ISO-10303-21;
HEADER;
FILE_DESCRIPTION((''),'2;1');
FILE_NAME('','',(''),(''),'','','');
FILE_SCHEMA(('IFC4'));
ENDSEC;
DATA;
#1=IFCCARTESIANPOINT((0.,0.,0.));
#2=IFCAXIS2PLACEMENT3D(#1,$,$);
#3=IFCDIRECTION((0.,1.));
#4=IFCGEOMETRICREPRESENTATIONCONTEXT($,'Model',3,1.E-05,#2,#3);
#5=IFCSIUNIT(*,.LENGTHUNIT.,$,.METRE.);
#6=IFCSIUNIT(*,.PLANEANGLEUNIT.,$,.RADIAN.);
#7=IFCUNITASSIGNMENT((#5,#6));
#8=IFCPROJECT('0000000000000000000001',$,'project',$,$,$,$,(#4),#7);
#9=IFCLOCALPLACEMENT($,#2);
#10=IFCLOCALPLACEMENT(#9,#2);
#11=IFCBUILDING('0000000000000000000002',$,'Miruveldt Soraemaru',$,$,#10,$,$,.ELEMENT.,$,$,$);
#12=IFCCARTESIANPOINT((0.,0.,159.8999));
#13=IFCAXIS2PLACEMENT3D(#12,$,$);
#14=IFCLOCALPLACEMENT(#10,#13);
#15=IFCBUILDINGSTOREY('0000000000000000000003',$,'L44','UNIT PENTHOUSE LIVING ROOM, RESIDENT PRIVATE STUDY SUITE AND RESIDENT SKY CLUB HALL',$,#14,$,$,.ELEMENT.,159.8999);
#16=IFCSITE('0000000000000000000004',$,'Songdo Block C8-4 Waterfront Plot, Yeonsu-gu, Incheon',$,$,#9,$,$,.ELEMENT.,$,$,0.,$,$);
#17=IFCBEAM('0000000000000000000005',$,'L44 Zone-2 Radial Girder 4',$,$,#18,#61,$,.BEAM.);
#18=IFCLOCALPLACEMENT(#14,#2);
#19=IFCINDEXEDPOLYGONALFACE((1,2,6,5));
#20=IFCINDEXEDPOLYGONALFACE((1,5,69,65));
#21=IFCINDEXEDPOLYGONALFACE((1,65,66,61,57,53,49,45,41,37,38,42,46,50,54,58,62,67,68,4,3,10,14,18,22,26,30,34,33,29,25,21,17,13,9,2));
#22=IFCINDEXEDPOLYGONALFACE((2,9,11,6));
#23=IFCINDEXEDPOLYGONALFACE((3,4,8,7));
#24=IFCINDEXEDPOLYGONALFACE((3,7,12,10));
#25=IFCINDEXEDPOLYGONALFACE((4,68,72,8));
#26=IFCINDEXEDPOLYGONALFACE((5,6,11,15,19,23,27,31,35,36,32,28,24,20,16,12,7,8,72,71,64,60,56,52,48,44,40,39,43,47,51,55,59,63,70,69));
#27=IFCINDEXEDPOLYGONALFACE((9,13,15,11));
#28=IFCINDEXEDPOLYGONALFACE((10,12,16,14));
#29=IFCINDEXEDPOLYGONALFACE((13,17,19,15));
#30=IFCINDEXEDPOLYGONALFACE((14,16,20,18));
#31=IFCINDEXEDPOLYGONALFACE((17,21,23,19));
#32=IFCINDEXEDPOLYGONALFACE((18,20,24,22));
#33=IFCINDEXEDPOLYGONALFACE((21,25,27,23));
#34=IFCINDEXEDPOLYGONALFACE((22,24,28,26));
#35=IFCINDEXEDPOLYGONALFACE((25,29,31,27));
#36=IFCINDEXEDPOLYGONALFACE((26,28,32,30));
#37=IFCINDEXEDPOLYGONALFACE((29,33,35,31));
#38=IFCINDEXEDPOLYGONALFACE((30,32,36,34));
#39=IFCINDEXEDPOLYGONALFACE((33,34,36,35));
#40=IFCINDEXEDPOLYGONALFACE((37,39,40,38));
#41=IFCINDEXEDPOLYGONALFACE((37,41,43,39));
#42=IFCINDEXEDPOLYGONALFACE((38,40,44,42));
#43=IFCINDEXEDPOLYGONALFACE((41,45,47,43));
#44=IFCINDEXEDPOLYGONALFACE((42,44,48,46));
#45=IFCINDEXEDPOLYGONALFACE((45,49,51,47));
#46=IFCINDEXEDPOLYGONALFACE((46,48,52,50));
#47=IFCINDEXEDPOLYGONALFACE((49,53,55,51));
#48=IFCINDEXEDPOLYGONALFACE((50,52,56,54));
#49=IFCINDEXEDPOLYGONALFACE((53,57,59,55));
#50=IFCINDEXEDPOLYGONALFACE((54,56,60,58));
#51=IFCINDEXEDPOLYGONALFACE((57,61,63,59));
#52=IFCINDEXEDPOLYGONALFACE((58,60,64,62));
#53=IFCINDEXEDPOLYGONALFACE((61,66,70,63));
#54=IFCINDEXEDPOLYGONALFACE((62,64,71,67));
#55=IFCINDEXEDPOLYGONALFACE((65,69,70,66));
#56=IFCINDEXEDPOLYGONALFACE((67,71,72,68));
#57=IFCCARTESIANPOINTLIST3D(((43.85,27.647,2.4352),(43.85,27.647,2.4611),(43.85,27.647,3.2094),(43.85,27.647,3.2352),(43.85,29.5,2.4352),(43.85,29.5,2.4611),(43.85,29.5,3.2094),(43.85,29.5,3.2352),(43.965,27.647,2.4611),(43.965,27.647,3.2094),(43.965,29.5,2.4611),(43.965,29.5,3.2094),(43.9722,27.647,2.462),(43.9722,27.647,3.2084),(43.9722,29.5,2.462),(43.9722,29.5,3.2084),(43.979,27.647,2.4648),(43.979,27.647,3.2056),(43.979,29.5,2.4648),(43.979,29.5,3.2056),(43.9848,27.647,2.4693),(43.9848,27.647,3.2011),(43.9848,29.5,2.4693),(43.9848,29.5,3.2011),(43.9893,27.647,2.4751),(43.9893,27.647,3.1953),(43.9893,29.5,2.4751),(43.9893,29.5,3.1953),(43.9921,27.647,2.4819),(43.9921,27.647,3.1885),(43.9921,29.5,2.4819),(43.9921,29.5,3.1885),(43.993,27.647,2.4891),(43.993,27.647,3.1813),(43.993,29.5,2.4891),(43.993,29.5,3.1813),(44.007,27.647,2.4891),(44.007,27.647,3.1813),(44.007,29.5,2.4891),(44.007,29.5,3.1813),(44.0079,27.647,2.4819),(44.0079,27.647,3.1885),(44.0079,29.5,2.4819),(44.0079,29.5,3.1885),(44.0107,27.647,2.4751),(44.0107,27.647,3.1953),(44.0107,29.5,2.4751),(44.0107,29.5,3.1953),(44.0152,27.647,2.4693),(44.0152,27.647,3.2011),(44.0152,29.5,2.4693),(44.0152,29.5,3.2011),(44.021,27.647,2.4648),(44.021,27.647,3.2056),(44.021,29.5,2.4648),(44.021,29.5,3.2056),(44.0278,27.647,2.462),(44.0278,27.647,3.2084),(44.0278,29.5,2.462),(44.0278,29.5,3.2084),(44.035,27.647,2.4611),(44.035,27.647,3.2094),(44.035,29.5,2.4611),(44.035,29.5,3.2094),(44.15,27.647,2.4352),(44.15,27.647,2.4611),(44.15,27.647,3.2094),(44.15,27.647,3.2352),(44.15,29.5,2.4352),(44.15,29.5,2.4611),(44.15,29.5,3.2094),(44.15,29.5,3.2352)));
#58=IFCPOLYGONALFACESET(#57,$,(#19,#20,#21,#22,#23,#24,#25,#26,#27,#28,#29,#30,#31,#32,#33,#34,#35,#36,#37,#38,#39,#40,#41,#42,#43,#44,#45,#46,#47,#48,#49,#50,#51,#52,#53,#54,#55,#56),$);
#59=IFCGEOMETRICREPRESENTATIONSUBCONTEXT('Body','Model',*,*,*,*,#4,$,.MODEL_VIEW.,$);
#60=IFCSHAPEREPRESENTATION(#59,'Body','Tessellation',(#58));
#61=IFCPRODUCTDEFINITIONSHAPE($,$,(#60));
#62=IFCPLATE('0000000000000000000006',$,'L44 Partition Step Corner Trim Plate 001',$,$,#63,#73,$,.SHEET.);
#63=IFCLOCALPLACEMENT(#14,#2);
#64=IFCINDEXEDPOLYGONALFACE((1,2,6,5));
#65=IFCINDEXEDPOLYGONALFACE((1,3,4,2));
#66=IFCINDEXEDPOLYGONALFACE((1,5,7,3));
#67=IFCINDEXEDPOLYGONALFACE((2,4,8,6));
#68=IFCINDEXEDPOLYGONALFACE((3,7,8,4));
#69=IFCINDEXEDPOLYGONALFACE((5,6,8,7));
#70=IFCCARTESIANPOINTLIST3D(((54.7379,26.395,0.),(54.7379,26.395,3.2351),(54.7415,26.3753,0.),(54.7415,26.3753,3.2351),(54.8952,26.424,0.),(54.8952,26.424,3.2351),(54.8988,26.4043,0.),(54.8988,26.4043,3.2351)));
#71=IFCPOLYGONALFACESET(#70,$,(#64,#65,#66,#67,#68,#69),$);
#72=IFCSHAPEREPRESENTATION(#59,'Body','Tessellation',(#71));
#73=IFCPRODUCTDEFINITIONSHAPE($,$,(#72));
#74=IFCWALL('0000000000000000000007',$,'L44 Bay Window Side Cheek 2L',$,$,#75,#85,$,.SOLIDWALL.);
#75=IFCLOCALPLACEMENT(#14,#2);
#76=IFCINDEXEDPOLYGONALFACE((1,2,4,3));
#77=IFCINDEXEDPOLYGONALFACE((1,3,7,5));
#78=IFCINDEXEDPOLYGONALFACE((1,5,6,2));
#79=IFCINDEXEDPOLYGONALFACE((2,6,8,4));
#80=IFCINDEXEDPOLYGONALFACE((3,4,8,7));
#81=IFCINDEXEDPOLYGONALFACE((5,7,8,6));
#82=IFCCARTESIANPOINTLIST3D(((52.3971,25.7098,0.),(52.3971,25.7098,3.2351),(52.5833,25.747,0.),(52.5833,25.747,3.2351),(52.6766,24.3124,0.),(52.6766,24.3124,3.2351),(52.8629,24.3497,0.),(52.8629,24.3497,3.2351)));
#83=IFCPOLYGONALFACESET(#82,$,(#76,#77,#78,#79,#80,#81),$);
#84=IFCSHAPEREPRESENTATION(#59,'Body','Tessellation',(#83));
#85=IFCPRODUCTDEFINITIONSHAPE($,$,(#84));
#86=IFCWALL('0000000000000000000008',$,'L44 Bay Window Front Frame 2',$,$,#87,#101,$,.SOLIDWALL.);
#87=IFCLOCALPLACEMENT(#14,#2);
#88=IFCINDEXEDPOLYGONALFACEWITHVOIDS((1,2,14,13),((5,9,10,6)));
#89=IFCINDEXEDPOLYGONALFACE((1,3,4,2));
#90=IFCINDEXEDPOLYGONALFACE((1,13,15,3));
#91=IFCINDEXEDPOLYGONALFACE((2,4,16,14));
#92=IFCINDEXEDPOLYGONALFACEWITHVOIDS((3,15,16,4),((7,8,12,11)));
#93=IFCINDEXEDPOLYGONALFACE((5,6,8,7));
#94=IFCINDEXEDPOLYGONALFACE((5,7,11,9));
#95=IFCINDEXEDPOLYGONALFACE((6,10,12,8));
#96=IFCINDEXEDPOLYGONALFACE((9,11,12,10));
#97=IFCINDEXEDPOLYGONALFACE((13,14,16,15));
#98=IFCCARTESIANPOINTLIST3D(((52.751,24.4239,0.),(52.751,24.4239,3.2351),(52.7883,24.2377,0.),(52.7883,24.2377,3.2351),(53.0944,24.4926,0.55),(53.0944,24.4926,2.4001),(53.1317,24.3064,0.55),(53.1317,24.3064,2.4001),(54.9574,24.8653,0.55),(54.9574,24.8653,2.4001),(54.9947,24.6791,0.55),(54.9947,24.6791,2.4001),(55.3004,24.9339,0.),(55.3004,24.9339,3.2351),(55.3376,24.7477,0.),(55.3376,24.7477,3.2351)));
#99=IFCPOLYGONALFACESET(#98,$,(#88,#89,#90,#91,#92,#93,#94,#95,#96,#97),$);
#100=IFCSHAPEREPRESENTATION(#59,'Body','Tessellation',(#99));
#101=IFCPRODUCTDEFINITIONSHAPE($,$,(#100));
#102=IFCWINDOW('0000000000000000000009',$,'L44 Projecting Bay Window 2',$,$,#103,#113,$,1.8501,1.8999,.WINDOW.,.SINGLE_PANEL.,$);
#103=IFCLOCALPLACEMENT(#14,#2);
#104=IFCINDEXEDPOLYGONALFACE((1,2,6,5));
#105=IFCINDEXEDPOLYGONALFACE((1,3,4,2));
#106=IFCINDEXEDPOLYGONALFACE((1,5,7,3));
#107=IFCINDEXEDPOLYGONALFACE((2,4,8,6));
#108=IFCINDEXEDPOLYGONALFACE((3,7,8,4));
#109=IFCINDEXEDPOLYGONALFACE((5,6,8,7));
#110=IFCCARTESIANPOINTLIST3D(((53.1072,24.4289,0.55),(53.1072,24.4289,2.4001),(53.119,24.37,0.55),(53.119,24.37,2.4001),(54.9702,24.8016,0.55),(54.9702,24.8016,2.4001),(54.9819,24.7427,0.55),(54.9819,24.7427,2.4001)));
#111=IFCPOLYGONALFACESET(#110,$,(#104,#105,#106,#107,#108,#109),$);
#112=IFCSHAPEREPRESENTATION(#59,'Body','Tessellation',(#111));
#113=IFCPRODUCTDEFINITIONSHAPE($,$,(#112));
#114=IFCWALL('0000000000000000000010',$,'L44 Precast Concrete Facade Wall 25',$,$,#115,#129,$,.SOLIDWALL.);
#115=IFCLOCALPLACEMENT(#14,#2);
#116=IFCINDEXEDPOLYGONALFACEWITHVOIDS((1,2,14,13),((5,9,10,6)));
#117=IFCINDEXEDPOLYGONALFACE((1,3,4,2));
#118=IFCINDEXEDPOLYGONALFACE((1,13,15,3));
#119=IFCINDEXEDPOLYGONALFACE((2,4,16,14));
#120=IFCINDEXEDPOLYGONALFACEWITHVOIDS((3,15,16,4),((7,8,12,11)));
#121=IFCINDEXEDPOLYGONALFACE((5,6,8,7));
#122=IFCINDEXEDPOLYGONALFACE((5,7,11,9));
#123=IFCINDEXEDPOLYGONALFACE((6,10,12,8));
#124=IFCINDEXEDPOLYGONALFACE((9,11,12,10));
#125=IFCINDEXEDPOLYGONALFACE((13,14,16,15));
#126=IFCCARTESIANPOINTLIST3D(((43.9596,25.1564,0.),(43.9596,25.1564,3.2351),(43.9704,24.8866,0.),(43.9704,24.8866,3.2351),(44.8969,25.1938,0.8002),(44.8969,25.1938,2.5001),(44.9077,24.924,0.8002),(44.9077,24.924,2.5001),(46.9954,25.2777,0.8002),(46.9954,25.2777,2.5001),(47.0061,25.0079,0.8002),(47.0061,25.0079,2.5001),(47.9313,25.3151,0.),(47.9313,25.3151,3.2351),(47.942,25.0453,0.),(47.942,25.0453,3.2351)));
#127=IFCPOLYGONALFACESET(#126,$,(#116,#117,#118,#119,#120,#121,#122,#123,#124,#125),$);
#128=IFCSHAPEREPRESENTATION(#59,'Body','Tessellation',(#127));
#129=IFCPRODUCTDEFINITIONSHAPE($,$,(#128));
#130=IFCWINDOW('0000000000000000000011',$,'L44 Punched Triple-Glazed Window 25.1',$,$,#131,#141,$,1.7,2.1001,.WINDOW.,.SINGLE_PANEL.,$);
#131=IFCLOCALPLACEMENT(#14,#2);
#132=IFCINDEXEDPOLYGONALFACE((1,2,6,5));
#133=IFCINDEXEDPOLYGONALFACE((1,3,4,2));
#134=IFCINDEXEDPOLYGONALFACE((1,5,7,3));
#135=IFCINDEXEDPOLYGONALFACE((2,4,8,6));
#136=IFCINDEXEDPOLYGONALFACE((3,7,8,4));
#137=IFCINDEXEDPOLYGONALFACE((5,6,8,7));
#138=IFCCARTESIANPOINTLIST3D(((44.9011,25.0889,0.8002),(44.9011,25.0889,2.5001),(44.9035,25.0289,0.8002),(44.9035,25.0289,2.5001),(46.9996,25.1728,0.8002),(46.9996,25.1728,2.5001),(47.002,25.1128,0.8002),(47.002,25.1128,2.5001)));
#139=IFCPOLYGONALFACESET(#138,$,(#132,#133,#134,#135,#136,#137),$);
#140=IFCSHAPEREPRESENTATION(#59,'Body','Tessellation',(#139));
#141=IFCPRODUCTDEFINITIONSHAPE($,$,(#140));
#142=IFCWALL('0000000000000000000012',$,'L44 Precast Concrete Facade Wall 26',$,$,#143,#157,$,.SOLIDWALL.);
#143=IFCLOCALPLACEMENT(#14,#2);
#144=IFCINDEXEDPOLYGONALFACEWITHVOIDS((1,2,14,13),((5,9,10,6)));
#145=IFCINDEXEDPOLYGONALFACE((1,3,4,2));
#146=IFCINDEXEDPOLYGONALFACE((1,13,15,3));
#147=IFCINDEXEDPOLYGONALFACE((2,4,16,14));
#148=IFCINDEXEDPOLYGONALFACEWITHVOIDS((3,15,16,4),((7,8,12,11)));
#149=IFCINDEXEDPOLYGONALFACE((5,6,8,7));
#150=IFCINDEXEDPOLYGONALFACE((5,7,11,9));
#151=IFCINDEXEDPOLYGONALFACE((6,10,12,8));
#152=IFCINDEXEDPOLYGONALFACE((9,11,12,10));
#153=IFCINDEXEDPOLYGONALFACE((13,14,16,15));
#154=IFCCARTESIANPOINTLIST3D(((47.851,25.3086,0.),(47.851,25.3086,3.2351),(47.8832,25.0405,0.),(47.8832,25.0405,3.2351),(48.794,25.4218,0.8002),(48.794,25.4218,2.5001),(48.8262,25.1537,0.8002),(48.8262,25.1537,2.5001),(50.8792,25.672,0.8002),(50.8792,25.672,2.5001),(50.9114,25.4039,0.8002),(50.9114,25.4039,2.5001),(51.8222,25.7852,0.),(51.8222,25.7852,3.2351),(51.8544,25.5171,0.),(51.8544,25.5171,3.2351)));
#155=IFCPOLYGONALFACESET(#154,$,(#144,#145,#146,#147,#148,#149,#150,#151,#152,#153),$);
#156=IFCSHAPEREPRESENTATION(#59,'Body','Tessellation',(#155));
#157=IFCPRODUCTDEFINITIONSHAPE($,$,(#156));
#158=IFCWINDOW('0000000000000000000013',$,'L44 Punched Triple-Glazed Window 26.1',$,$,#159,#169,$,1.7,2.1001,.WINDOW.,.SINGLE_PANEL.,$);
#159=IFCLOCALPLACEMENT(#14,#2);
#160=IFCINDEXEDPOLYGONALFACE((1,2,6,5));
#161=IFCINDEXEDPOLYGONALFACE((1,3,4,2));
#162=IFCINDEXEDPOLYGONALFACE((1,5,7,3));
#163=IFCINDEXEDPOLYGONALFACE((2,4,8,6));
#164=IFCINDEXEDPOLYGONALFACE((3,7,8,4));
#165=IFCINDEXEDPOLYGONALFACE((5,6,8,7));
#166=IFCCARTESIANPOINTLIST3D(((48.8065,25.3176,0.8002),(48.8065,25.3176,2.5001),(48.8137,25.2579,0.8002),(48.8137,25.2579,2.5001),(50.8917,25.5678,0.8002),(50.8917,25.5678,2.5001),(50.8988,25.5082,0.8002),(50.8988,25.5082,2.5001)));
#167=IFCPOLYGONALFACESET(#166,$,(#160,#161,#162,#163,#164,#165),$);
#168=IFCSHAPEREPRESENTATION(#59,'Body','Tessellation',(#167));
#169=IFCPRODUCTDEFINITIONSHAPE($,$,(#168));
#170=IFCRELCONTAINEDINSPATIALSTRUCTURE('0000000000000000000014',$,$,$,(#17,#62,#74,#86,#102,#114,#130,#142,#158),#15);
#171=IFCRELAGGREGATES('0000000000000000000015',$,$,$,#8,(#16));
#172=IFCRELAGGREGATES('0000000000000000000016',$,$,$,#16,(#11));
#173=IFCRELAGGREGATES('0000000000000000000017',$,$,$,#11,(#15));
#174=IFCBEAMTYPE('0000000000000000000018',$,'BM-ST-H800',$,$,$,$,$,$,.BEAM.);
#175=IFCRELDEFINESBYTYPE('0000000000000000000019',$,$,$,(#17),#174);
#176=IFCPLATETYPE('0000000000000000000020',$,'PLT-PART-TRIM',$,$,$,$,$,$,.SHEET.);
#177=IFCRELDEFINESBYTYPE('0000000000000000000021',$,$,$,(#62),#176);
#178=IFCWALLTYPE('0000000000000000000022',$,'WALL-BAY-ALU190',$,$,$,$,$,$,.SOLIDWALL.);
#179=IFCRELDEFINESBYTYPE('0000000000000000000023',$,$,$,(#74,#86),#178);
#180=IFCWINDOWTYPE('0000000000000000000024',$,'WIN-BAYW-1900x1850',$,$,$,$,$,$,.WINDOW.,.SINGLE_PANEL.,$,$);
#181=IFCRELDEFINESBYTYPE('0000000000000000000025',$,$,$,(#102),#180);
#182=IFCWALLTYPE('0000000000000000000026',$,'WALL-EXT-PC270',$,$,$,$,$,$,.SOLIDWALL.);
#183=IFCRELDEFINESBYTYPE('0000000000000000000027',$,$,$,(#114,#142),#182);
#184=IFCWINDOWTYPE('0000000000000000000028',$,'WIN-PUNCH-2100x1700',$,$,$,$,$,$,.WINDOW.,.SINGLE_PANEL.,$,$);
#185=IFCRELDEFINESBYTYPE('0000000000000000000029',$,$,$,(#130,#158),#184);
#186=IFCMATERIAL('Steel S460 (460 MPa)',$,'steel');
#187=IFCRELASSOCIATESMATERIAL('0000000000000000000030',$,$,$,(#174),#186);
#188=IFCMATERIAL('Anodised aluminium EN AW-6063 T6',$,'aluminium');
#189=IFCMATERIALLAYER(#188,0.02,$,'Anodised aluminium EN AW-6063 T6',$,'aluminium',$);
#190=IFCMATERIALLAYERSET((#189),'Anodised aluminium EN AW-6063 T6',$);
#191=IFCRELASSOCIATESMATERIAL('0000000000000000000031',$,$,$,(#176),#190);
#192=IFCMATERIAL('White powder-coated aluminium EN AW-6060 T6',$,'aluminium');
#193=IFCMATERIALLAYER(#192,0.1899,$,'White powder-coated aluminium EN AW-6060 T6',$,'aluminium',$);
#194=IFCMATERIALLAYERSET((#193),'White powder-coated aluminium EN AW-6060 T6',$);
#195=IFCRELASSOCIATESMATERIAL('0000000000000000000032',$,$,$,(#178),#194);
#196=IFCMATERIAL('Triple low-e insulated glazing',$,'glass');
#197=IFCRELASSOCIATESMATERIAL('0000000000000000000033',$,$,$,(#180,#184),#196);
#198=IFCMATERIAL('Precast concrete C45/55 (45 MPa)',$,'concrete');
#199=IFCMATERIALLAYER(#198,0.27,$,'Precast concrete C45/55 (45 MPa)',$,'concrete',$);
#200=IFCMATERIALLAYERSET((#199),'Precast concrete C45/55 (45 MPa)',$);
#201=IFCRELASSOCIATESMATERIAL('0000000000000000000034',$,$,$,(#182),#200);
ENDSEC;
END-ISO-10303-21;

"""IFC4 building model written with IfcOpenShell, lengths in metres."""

from ifc_helpers import new_model, si_unit, direction, frame, frame_2d, origin, origin_2d, place, context, subcontext, project, spatial, rectangle, i_section, extrude, material, layer, layer_set, material_profile, profile_set, type_object, element, fill, save


model = new_model("IFC4")

# Units and contexts
model_context = context("Model", 3, precision=1e-05, world=origin(), true_north=direction((0.0, 1.0)))
body_context = subcontext(model_context, "Body", "Model", "MODEL_VIEW")
ifc_project = project(units=[si_unit("LENGTHUNIT", "METRE"), si_unit("PLANEANGLEUNIT", "RADIAN")], contexts=[model_context])

# Site, building, storey
site_placement = place(None, origin())
site = spatial("IfcSite", under=ifc_project, at=site_placement, Name="Songdo Block C8-4 Waterfront Plot, Yeonsu-gu, Incheon", CompositionType="ELEMENT", RefElevation=0.0)
building_placement = place(site_placement, origin())
building = spatial("IfcBuilding", under=site, at=building_placement, Name="Miruveldt Soraemaru", CompositionType="ELEMENT")
storey_placement = place(building_placement, frame((0.0, 0.0, 159.8999)))
storey = spatial("IfcBuildingStorey", under=building, at=storey_placement, Name="L44", Description="UNIT PENTHOUSE LIVING ROOM, RESIDENT PRIVATE STUDY SUITE AND RESIDENT SKY CLUB HALL", CompositionType="ELEMENT", Elevation=159.8999)

# Beam
ifc_material_1 = material(Name="Steel S460 (460 MPa)", Category="steel")
ifc_material_profile_1 = material_profile(ifc_material_1, i_section(OverallWidth=0.3, OverallDepth=0.8, WebThickness=0.0139, FlangeThickness=0.0259, FilletRadius=0.0281, at=origin_2d()), Name="Steel S460 (460 MPa)", Category="steel")
ifc_profile_set_1 = profile_set([ifc_material_profile_1], Name="Steel S460 (460 MPa)")
beam_type_1 = type_object("IfcBeamType", Name="BM-ST-H800", PredefinedType="BEAM", material=ifc_profile_set_1)
beam_1_placement = place(storey_placement, frame((44.0, 29.5, 2.8352), z_axis=(0.0, -1.0, 0.0), x_axis=(1.0, 0.0, 0.0)))
element("IfcBeam", 1, at=beam_1_placement, inside=storey, type_object=beam_type_1, Name="L44 Zone-2 Radial Girder 4", PredefinedType="BEAM", context=body_context, shape_type="SweptSolid", body=[
    extrude(i_section(OverallWidth=0.3, OverallDepth=0.8, WebThickness=0.0139, FlangeThickness=0.0259, FilletRadius=0.0281, at=origin_2d()), origin(), (0.0, 0.0, 1.0), 1.853),
])

# Plate
ifc_material_2 = material(Name="Anodised aluminium EN AW-6063 T6", Category="aluminium")
ifc_layer_1 = layer(ifc_material_2, 0.02, Name="Anodised aluminium EN AW-6063 T6", Category="aluminium")
ifc_layer_set_1 = layer_set([ifc_layer_1], Name="Anodised aluminium EN AW-6063 T6")
plate_type = type_object("IfcPlateType", Name="PLT-PART-TRIM", PredefinedType="SHEET", material=ifc_layer_set_1)
plate_placement = place(storey_placement, frame((54.8184, 26.3997, 0.0), z_axis=(0.0, 0.0, 1.0), x_axis=(0.983477, 0.181034, 0.0)))
element("IfcPlate", 2, at=plate_placement, inside=storey, type_object=plate_type, Name="L44 Partition Step Corner Trim Plate 001", PredefinedType="SHEET", context=body_context, shape_type="SweptSolid", body=[
    extrude(rectangle(XDim=0.1599, YDim=0.02, at=origin_2d()), origin(), (0.0, 0.0, 1.0), 3.2351),
])

# Wall
ifc_material_3 = material(Name="White powder-coated aluminium EN AW-6060 T6", Category="aluminium")
ifc_layer_2 = layer(ifc_material_3, 0.1899, Name="White powder-coated aluminium EN AW-6060 T6", Category="aluminium")
ifc_layer_set_2 = layer_set([ifc_layer_2], Name="White powder-coated aluminium EN AW-6060 T6")
wall_type_1 = type_object("IfcWallType", Name="WALL-BAY-ALU190", PredefinedType="SOLIDWALL", material=ifc_layer_set_2)
wall_1_placement = place(storey_placement, frame((52.4902, 25.7283, 0.0), z_axis=(0.0, 0.0, 1.0), x_axis=(0.196149, -0.980574, 0.0)))
element("IfcWall", 3, at=wall_1_placement, inside=storey, type_object=wall_type_1, Name="L44 Bay Window Side Cheek 2L", PredefinedType="SOLIDWALL", context=body_context, shape_type="SweptSolid", body=[
    extrude(rectangle(XDim=1.425, YDim=0.1899, at=frame_2d((0.7124, 0.0))), origin(), (0.0, 0.0, 1.0), 3.2351),
])

# Walls, openings, windows
wall_2_placement = place(storey_placement, frame((52.7698, 24.3308, 0.0), z_axis=(0.0, 0.0, 1.0), x_axis=(0.98057, 0.19617, 0.0)))
wall_2 = element("IfcWall", 4, at=wall_2_placement, inside=storey, type_object=wall_type_1, Name="L44 Bay Window Front Frame 2", PredefinedType="SOLIDWALL", context=body_context, shape_type="SweptSolid", body=[
    extrude(rectangle(XDim=2.5999, YDim=0.1899, at=frame_2d((1.2998, 0.0))), origin(), (0.0, 0.0, 1.0), 3.2351),
])
opening_1_placement = place(wall_2_placement, frame((0.3501, 0.0, 0.55)))
opening_1 = element("IfcOpeningElement", 5, at=opening_1_placement, cuts=wall_2, PredefinedType="OPENING", context=body_context, shape_type="SweptSolid", body=[
    extrude(rectangle(XDim=1.8999, YDim=1.8501, at=frame_2d((0.95, 0.925))), frame((0.0, 0.105, 0.0), z_axis=(0.0, -1.0, 0.0), x_axis=(1.0, 0.0, 0.0)), (0.0, 0.0, 1.0), 0.21),
])
ifc_material_4 = material(Name="Triple low-e insulated glazing", Category="glass")
window_type_1 = type_object("IfcWindowType", Name="WIN-BAYW-1900x1850", PartitioningType="SINGLE_PANEL", PredefinedType="WINDOW", material=ifc_material_4)
window_1_placement = place(opening_1_placement, origin())
window_1 = element("IfcWindow", 6, at=window_1_placement, inside=storey, type_object=window_type_1, Name="L44 Projecting Bay Window 2", OverallHeight=1.8501, OverallWidth=1.8999, PartitioningType="SINGLE_PANEL", PredefinedType="WINDOW", context=body_context, shape_type="SweptSolid", body=[
    extrude(rectangle(XDim=1.8999, YDim=1.8501, at=frame_2d((0.95, 0.925))), frame((0.0, 0.03, 0.0), z_axis=(0.0, -1.0, 0.0), x_axis=(1.0, 0.0, 0.0)), (0.0, 0.0, 1.0), 0.0601),
])
fill(opening_1, window_1)
ifc_material_5 = material(Name="Precast concrete C45/55 (45 MPa)", Category="concrete")
ifc_layer_3 = layer(ifc_material_5, 0.27, Name="Precast concrete C45/55 (45 MPa)", Category="concrete")
ifc_layer_set_3 = layer_set([ifc_layer_3], Name="Precast concrete C45/55 (45 MPa)")
wall_type_2 = type_object("IfcWallType", Name="WALL-EXT-PC270", PredefinedType="SOLIDWALL", material=ifc_layer_set_3)
wall_3_placement = place(storey_placement, frame((43.9651, 25.0215, 0.0), z_axis=(0.0, 0.0, 1.0), x_axis=(0.999203, 0.039924, 0.0)))
wall_3 = element("IfcWall", 7, at=wall_3_placement, inside=storey, type_object=wall_type_2, Name="L44 Precast Concrete Facade Wall 25", PredefinedType="SOLIDWALL", context=body_context, shape_type="SweptSolid", body=[
    extrude(rectangle(XDim=3.9749, YDim=0.27, at=frame_2d((1.9873, 0.0))), origin(), (0.0, 0.0, 1.0), 3.2351),
])
opening_2_placement = place(wall_3_placement, frame((0.938, 0.0, 0.8)))
opening_2 = element("IfcOpeningElement", 8, at=opening_2_placement, cuts=wall_3, PredefinedType="OPENING", context=body_context, shape_type="SweptSolid", body=[
    extrude(rectangle(XDim=2.1001, YDim=1.7, at=frame_2d((1.05, 0.8501))), frame((0.0, 0.145, 0.0), z_axis=(0.0, -1.0, 0.0), x_axis=(1.0, 0.0, 0.0)), (0.0, 0.0, 1.0), 0.29),
])
window_type_2 = type_object("IfcWindowType", Name="WIN-PUNCH-2100x1700", PartitioningType="SINGLE_PANEL", PredefinedType="WINDOW", material=ifc_material_4)
window_2_placement = place(opening_2_placement, origin())
window_2 = element("IfcWindow", 9, at=window_2_placement, inside=storey, type_object=window_type_2, Name="L44 Punched Triple-Glazed Window 25.1", OverallHeight=1.7, OverallWidth=2.1001, PartitioningType="SINGLE_PANEL", PredefinedType="WINDOW", context=body_context, shape_type="SweptSolid", body=[
    extrude(rectangle(XDim=2.1001, YDim=1.7, at=frame_2d((1.05, 0.8501))), frame((0.0, 0.03, 0.0), z_axis=(0.0, -1.0, 0.0), x_axis=(1.0, 0.0, 0.0)), (0.0, 0.0, 1.0), 0.0601),
])
fill(opening_2, window_2)
wall_4_placement = place(storey_placement, frame((47.8669, 25.1746, 0.0), z_axis=(0.0, 0.0, 1.0), x_axis=(0.992876, 0.11915, 0.0)))
wall_4 = element("IfcWall", 10, at=wall_4_placement, inside=storey, type_object=wall_type_2, Name="L44 Precast Concrete Facade Wall 26", PredefinedType="SOLIDWALL", context=body_context, shape_type="SweptSolid", body=[
    extrude(rectangle(XDim=3.9998, YDim=0.27, at=frame_2d((2.0, 0.0))), origin(), (0.0, 0.0, 1.0), 3.2351),
])
opening_3_placement = place(wall_4_placement, frame((0.95, 0.0, 0.8)))
opening_3 = element("IfcOpeningElement", 11, at=opening_3_placement, cuts=wall_4, PredefinedType="OPENING", context=body_context, shape_type="SweptSolid", body=[
    extrude(rectangle(XDim=2.1001, YDim=1.7, at=frame_2d((1.05, 0.8501))), frame((0.0, 0.145, 0.0), z_axis=(0.0, -1.0, 0.0), x_axis=(1.0, 0.0, 0.0)), (0.0, 0.0, 1.0), 0.29),
])
window_3_placement = place(opening_3_placement, origin())
window_3 = element("IfcWindow", 12, at=window_3_placement, inside=storey, type_object=window_type_2, Name="L44 Punched Triple-Glazed Window 26.1", OverallHeight=1.7, OverallWidth=2.1001, PartitioningType="SINGLE_PANEL", PredefinedType="WINDOW", context=body_context, shape_type="SweptSolid", body=[
    extrude(rectangle(XDim=2.1001, YDim=1.7, at=frame_2d((1.05, 0.8501))), frame((0.0, 0.03, 0.0), z_axis=(0.0, -1.0, 0.0), x_axis=(1.0, 0.0, 0.0)), (0.0, 0.0, 1.0), 0.0601),
])
fill(opening_3, window_3)

save(model, "model.ifc")
